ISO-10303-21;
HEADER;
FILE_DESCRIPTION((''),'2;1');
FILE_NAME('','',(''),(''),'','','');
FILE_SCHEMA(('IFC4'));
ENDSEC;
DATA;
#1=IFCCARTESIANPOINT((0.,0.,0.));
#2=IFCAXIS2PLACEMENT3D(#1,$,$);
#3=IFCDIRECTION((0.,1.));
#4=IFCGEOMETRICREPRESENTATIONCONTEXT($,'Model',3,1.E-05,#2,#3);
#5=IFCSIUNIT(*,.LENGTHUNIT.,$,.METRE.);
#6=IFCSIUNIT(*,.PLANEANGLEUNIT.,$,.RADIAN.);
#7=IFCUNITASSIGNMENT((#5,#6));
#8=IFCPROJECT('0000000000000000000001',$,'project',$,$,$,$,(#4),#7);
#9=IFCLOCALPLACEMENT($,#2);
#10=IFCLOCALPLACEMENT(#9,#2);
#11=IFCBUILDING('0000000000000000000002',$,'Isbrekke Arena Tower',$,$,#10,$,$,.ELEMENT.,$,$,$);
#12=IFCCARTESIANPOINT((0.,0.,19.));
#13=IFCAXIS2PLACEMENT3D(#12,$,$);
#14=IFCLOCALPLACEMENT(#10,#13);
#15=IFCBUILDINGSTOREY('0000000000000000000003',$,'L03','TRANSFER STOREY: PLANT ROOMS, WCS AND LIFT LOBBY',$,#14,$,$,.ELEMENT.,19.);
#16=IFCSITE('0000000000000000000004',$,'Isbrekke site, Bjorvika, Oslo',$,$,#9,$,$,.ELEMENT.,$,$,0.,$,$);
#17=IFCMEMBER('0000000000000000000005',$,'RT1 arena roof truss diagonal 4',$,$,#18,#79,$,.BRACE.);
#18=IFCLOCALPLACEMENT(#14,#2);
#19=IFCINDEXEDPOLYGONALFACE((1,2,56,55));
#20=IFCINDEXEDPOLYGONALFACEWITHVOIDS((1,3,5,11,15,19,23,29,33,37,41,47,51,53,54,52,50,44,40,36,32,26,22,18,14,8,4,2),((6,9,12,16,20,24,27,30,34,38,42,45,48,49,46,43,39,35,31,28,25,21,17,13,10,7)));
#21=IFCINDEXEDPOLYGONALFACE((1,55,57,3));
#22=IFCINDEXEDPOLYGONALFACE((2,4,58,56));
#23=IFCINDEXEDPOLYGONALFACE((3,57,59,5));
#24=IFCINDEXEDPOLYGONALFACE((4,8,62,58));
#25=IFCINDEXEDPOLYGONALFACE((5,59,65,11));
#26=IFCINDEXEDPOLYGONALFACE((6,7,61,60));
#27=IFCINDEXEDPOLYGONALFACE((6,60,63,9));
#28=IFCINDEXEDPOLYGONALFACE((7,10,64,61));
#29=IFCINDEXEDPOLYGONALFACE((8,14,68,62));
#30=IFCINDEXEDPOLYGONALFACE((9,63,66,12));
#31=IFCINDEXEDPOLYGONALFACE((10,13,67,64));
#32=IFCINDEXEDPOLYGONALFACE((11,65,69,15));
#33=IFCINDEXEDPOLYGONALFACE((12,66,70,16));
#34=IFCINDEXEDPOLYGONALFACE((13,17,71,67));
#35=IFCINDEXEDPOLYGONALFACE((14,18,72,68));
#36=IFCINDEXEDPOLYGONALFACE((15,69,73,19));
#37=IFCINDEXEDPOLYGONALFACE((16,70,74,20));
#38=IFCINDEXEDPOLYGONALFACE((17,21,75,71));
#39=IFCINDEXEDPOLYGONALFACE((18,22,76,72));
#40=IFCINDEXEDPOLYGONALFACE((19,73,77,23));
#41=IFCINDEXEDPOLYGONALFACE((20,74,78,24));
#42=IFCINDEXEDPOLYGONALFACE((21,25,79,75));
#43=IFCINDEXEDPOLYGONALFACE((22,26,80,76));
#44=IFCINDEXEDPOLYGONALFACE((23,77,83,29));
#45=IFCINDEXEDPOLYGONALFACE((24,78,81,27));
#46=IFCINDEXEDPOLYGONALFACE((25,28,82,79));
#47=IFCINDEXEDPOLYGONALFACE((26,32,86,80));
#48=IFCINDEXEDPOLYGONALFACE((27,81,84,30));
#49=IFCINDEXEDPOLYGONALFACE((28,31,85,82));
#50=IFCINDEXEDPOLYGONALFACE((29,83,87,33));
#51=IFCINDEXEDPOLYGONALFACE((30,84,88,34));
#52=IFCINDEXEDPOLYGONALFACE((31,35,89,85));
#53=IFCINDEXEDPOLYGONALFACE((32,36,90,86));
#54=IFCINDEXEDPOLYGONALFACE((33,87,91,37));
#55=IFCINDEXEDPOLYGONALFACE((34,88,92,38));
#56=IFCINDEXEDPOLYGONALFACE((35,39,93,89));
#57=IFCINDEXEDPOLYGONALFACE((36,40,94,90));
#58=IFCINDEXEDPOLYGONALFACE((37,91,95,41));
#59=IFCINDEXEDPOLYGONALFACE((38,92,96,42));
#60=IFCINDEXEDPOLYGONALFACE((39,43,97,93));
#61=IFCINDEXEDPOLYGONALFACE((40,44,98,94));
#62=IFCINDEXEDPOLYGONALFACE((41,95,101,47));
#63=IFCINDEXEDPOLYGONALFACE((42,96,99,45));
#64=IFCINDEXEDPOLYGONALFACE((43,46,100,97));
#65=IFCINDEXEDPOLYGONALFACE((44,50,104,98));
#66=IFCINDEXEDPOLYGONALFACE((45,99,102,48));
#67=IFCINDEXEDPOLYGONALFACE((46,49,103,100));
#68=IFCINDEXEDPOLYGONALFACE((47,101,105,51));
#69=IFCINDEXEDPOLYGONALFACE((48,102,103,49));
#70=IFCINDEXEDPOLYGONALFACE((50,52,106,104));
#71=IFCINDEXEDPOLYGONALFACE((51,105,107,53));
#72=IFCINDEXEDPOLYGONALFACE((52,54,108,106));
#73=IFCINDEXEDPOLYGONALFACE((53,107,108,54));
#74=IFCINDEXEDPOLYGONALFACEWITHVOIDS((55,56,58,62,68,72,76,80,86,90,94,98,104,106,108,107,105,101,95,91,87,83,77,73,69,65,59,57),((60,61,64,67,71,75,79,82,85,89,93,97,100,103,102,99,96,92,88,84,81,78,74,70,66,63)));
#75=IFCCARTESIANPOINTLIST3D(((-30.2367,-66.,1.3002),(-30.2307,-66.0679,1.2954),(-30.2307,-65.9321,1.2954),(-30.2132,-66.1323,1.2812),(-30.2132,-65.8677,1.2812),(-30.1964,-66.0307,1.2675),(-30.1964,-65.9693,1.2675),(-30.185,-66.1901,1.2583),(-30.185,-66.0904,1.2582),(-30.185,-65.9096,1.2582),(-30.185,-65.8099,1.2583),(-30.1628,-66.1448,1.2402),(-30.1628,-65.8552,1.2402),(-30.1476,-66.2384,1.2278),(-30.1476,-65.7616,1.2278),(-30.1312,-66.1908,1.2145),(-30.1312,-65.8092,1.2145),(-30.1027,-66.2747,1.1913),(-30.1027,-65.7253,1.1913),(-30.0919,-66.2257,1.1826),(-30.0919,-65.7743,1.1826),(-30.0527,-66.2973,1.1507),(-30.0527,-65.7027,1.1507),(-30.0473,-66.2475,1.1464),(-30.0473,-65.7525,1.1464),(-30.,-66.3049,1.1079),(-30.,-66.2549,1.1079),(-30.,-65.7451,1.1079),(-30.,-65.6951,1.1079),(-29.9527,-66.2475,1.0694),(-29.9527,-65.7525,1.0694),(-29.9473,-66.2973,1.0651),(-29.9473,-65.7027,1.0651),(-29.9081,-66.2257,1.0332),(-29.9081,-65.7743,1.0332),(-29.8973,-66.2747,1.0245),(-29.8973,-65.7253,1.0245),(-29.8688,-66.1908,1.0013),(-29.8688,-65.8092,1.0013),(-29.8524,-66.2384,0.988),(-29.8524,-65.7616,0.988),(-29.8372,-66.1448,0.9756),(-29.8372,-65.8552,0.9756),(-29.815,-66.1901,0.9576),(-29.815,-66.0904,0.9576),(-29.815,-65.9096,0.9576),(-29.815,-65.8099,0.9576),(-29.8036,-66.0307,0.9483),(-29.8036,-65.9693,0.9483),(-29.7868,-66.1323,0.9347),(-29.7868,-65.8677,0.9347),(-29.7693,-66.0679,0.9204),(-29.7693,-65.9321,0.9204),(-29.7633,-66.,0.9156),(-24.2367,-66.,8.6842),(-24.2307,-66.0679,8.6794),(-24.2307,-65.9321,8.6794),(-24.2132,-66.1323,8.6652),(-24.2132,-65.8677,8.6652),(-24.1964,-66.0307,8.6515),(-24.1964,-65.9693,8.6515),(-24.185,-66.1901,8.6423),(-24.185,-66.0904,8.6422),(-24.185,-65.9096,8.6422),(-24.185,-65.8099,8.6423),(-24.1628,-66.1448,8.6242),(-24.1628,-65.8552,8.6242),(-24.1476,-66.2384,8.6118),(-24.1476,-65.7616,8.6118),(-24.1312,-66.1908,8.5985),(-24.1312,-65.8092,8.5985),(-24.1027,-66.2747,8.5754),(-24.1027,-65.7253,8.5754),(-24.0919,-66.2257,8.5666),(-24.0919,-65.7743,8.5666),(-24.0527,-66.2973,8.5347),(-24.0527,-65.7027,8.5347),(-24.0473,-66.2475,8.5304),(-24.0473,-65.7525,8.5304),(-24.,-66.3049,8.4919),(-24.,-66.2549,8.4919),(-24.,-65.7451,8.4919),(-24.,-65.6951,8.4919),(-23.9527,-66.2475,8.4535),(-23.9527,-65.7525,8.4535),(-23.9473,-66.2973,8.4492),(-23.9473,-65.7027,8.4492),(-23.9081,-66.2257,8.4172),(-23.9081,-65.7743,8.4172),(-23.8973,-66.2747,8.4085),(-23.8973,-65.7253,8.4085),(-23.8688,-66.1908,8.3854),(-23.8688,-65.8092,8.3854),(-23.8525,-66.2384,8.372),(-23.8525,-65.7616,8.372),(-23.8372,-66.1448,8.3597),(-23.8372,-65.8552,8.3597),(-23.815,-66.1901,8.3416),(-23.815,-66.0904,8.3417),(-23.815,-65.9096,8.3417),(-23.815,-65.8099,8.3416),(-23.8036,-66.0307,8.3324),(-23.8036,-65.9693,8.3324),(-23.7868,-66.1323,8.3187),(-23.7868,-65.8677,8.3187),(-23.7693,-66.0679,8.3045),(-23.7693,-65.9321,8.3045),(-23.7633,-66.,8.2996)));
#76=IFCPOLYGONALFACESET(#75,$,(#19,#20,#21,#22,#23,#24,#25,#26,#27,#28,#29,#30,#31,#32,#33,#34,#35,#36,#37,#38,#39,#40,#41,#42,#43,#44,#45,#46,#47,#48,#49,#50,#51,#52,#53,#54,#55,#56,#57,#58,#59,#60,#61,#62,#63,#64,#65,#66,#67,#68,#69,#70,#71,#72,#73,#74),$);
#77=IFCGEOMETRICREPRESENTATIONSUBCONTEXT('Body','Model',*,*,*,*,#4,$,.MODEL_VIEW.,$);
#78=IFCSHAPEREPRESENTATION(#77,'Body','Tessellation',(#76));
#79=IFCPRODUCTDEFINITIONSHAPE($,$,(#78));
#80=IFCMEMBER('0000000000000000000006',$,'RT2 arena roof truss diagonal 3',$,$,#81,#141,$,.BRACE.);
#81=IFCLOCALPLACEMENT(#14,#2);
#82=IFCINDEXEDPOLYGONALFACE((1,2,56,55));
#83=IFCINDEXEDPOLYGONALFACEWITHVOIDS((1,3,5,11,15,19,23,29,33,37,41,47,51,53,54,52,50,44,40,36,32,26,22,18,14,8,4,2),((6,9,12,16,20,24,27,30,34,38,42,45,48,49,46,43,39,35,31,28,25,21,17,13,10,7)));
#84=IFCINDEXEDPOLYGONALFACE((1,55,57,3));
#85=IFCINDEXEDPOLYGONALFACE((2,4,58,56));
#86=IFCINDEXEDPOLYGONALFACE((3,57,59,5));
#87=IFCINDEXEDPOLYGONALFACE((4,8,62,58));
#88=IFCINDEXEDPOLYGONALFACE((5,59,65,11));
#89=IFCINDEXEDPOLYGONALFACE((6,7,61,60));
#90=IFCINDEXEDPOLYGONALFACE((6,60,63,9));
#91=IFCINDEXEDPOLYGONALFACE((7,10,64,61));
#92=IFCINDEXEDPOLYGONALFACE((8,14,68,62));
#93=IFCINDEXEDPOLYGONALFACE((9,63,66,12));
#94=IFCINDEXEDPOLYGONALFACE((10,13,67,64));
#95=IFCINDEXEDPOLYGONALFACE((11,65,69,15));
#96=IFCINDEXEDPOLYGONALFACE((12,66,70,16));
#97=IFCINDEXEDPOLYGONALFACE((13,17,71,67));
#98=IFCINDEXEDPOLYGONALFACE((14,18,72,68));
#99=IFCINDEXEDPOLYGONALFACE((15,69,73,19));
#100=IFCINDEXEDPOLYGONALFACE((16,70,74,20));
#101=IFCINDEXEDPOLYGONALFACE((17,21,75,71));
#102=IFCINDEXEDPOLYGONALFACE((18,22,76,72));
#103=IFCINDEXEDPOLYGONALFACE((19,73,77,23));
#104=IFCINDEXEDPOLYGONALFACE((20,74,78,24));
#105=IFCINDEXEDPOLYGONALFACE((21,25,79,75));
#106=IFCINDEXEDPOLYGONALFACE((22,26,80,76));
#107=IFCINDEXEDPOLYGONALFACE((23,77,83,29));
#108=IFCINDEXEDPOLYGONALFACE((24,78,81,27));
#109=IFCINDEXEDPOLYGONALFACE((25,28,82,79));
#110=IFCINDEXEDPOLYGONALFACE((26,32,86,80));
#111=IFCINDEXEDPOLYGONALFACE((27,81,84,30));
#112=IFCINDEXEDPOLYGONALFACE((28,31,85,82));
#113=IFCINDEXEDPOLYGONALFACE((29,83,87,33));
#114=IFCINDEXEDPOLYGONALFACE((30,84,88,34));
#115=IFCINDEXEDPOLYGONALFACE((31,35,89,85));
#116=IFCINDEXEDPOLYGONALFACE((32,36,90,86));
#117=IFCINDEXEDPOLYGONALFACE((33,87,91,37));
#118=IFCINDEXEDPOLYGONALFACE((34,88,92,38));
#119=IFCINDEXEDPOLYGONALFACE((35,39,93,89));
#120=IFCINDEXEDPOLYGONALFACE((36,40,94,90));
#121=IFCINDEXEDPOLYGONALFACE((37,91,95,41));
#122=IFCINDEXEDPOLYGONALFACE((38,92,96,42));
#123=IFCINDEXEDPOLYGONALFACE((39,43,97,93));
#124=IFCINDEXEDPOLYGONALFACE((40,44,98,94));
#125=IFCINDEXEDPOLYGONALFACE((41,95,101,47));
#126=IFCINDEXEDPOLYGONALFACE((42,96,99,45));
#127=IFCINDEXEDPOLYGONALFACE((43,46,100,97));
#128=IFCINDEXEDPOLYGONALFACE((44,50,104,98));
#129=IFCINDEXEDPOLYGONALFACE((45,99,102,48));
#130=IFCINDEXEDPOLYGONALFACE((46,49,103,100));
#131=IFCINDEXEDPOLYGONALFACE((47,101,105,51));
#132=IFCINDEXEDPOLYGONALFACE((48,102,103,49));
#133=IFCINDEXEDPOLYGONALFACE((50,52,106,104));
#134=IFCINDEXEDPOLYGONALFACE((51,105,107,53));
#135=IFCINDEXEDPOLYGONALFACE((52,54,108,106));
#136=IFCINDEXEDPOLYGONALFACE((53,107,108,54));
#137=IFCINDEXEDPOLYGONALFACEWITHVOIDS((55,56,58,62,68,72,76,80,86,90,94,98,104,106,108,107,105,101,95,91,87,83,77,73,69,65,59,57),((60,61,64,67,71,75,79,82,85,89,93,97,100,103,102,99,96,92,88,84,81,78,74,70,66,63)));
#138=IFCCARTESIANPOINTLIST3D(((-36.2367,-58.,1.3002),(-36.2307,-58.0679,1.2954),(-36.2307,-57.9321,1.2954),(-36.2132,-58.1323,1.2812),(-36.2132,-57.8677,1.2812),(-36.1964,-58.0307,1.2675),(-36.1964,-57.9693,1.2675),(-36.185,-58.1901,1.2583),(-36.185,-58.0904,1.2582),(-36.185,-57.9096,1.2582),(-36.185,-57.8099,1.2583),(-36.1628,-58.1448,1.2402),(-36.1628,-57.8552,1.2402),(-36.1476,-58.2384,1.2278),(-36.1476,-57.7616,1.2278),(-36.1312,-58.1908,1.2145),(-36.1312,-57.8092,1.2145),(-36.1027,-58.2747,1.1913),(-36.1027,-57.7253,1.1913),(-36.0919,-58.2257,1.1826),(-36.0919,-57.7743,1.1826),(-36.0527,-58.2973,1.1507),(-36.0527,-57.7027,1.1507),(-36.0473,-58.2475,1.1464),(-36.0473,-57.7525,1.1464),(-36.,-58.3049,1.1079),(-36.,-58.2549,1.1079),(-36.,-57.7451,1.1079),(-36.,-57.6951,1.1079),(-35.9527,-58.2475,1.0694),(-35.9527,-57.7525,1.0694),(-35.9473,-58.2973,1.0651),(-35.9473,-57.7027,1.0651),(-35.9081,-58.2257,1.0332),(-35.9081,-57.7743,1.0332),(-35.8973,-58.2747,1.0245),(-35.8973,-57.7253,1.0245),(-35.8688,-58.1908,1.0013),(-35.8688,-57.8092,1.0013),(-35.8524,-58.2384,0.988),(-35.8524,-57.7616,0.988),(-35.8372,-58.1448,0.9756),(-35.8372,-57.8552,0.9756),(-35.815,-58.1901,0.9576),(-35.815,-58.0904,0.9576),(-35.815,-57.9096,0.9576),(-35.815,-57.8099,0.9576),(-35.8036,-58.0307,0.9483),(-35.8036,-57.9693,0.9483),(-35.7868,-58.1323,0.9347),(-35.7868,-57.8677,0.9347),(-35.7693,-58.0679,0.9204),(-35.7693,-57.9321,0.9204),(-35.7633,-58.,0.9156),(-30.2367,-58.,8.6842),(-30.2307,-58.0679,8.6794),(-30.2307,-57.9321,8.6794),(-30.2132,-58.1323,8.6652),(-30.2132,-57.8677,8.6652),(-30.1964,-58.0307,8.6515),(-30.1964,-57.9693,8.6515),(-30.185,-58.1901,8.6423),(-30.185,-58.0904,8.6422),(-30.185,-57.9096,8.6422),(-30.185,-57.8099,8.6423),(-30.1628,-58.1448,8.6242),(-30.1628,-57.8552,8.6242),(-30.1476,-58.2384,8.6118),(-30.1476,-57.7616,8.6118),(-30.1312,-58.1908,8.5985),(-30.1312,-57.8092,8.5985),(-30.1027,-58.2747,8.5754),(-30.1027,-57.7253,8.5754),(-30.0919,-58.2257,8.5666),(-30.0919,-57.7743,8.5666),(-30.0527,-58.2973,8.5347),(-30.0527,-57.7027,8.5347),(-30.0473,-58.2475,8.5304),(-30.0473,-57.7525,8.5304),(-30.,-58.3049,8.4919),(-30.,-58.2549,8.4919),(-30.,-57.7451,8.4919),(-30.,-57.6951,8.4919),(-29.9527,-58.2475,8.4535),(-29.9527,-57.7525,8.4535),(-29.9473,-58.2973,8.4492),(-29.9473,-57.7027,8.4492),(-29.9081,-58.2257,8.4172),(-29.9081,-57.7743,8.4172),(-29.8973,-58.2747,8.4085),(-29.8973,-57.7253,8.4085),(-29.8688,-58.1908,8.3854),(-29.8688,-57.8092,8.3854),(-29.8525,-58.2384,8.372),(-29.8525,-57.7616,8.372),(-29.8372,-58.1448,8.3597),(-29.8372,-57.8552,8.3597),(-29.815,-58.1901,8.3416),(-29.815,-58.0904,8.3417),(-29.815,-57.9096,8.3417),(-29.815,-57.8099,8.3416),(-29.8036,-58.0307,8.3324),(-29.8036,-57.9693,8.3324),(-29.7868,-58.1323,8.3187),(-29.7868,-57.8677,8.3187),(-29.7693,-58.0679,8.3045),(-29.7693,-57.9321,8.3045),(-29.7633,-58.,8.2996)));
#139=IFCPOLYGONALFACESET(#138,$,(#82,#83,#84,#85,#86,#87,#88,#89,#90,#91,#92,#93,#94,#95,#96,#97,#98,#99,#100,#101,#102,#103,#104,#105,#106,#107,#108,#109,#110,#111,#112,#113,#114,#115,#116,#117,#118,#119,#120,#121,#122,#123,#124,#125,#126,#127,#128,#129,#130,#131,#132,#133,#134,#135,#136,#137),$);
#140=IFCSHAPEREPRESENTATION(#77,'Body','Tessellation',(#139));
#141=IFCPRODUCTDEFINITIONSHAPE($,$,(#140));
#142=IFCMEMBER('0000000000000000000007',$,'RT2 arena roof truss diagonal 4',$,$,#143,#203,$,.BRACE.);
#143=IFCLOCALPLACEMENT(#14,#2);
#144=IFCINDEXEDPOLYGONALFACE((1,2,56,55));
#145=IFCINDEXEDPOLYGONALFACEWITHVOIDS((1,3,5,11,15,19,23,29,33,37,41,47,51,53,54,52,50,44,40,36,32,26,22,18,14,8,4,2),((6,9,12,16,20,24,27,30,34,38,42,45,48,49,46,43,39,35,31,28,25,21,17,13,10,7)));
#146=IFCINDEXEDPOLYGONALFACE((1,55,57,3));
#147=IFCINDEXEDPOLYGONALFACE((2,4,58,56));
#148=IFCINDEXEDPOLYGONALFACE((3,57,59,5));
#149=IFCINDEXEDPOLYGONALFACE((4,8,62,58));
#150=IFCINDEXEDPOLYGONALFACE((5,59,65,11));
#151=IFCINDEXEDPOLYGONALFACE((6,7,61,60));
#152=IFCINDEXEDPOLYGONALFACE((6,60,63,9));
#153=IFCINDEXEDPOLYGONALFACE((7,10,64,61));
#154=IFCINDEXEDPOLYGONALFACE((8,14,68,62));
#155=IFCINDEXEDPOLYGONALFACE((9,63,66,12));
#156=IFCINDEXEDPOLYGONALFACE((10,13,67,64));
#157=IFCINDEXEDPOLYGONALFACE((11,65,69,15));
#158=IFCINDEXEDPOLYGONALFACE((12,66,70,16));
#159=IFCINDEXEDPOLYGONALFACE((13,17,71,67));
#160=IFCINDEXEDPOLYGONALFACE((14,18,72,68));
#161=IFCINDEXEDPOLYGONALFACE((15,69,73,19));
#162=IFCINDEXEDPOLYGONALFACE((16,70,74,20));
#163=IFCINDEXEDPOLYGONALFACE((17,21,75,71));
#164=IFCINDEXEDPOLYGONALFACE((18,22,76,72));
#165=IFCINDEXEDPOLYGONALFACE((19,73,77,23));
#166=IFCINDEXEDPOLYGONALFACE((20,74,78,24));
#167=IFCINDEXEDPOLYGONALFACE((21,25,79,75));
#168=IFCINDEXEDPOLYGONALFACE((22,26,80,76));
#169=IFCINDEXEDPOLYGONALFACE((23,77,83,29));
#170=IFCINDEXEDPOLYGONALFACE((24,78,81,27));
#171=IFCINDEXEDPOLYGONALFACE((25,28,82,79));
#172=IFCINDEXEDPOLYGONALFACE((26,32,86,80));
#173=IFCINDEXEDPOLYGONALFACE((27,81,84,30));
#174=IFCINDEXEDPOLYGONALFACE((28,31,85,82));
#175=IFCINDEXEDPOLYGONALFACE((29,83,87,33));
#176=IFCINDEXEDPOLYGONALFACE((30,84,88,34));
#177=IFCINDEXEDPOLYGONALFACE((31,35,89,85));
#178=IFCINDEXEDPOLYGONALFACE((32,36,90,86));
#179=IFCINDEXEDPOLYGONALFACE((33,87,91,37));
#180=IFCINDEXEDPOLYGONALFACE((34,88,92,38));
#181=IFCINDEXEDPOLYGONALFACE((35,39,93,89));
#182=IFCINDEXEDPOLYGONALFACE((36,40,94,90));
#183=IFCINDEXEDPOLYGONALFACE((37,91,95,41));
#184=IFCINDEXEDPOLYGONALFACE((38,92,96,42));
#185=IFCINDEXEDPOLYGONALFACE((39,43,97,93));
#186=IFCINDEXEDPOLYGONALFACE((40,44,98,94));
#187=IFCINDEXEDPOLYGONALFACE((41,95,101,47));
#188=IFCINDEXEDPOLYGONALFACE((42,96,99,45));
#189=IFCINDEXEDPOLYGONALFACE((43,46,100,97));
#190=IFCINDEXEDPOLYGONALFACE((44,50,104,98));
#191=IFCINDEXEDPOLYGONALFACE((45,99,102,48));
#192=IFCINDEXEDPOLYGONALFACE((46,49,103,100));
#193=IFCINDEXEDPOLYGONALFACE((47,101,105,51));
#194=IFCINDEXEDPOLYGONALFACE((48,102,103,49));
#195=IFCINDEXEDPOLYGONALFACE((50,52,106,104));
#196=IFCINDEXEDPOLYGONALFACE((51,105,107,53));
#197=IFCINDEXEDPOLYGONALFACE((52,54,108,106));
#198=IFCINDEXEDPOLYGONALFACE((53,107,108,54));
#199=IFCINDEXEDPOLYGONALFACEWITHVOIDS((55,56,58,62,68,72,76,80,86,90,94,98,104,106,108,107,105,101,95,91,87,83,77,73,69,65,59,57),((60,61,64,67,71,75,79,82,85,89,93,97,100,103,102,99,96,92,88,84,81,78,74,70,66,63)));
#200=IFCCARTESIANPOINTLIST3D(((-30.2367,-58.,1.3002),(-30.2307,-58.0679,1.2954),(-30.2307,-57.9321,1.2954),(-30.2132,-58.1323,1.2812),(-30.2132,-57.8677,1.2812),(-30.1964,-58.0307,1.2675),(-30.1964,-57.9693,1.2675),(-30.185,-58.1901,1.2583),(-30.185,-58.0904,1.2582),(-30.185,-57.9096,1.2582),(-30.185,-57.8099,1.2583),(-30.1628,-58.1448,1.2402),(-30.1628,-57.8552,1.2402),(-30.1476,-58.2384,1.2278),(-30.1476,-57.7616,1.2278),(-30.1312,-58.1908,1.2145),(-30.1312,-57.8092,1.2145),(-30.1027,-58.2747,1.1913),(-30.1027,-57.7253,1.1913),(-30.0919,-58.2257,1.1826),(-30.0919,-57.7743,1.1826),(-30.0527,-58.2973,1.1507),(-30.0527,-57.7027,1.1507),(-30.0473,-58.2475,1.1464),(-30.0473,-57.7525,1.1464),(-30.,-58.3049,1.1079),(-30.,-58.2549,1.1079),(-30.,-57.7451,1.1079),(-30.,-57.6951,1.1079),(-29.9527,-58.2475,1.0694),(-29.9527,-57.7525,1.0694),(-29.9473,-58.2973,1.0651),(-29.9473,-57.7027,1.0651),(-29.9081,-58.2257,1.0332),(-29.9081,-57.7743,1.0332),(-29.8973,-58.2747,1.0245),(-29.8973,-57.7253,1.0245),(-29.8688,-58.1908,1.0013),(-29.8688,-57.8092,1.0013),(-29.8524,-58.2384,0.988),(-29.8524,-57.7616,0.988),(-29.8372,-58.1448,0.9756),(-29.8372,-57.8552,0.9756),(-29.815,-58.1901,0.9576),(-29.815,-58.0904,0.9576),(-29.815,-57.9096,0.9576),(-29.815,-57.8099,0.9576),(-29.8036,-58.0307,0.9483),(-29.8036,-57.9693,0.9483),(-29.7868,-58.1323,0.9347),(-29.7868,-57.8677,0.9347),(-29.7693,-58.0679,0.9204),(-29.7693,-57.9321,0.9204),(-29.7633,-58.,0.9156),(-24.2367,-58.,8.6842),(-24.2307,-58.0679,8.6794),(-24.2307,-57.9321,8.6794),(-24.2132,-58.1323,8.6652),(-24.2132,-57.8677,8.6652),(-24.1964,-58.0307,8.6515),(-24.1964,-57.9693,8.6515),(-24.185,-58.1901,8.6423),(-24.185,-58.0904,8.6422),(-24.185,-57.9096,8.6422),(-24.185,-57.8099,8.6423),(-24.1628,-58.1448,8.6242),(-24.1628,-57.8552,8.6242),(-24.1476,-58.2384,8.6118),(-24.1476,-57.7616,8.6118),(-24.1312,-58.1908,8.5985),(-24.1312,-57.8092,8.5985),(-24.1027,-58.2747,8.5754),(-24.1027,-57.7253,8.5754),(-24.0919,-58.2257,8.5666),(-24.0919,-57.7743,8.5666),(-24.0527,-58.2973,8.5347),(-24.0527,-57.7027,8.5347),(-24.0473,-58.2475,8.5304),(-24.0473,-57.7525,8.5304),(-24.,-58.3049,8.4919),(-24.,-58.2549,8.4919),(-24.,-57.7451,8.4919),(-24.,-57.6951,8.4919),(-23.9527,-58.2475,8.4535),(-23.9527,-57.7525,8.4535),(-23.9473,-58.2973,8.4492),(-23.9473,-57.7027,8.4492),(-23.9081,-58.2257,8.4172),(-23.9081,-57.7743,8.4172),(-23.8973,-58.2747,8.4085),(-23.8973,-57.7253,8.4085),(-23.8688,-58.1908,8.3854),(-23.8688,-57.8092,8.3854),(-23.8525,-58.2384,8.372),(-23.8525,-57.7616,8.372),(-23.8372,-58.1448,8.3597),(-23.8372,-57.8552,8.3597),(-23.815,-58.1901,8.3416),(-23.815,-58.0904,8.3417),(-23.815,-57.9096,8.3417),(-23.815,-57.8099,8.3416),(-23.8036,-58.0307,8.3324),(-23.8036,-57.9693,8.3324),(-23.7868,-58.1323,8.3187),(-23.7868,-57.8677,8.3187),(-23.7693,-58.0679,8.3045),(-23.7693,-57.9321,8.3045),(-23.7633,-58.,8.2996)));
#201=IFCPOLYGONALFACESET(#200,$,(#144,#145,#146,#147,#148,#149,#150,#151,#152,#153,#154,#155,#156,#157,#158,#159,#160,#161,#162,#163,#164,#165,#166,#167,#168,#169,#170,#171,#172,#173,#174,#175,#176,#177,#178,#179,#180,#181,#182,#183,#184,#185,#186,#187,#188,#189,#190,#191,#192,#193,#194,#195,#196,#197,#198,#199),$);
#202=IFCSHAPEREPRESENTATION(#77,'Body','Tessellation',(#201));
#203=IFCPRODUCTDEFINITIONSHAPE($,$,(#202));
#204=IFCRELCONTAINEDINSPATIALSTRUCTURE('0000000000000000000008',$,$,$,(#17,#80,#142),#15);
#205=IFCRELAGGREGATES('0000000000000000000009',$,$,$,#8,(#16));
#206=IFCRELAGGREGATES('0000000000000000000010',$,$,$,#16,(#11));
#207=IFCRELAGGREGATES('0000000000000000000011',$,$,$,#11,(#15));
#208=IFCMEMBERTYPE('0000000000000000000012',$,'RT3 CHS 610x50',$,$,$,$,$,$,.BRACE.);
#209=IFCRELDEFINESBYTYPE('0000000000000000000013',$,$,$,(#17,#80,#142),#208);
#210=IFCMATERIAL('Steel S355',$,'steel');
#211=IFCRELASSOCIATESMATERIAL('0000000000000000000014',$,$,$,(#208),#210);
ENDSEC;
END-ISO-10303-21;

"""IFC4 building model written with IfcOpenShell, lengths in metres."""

from ifc_helpers import new_model, si_unit, direction, frame, origin, origin_2d, place, context, subcontext, project, spatial, hollow_circle, extrude, material, material_profile, profile_set, type_object, element, save


model = new_model("IFC4")

# Units and contexts
model_context = context("Model", 3, precision=1e-05, world=origin(), true_north=direction((0.0, 1.0)))
body_context = subcontext(model_context, "Body", "Model", "MODEL_VIEW")
ifc_project = project(units=[si_unit("LENGTHUNIT", "METRE"), si_unit("PLANEANGLEUNIT", "RADIAN")], contexts=[model_context])

# Site, building, storey
site_placement = place(None, origin())
site = spatial("IfcSite", under=ifc_project, at=site_placement, Name="Isbrekke site, Bjorvika, Oslo", CompositionType="ELEMENT", RefElevation=0.0)
building_placement = place(site_placement, origin())
building = spatial("IfcBuilding", under=site, at=building_placement, Name="Isbrekke Arena Tower", CompositionType="ELEMENT")
storey_placement = place(building_placement, frame((0.0, 0.0, 19.0)))
storey = spatial("IfcBuildingStorey", under=building, at=storey_placement, Name="L03", Description="TRANSFER STOREY: PLANT ROOMS, WCS AND LIFT LOBBY", CompositionType="ELEMENT", Elevation=19.0)

# Members
ifc_material_1 = material(Name="Steel S355", Category="steel")
ifc_material_profile_1 = material_profile(ifc_material_1, hollow_circle(Radius=0.3049, WallThickness=0.05, at=origin_2d()), Name="CHS 610x50")
ifc_profile_set_1 = profile_set([ifc_material_profile_1], Name="Steel S355")
member_type_1 = type_object("IfcMemberType", Name="RT3 CHS 610x50", PredefinedType="BRACE", material=ifc_profile_set_1)
for number, where, z_axis, x_axis, name in (
    (1, (-30.0, -66.0, 1.1079), (0.630623, 0.0, 0.77609), (0.0, 1.0, 0.0), "RT1 arena roof truss diagonal 4"),
    (2, (-36.0, -58.0, 1.1079), (0.630623, 0.0, 0.77609), (0.0, 1.0, 0.0), "RT2 arena roof truss diagonal 3"),
    (3, (-30.0, -58.0, 1.1079), (0.630623, 0.0, 0.77609), (0.0, 1.0, 0.0), "RT2 arena roof truss diagonal 4"),
):
    element("IfcMember", number, at=place(storey_placement, frame(where, z_axis=z_axis, x_axis=x_axis)), inside=storey, type_object=member_type_1, Name=name, PredefinedType="BRACE", context=body_context, shape_type="SweptSolid", body=[
        extrude(hollow_circle(Radius=0.3049, WallThickness=0.05, at=origin_2d()), origin(), (0.0, 0.0, 1.0), 9.5144),
    ])

save(model, "model.ifc")
